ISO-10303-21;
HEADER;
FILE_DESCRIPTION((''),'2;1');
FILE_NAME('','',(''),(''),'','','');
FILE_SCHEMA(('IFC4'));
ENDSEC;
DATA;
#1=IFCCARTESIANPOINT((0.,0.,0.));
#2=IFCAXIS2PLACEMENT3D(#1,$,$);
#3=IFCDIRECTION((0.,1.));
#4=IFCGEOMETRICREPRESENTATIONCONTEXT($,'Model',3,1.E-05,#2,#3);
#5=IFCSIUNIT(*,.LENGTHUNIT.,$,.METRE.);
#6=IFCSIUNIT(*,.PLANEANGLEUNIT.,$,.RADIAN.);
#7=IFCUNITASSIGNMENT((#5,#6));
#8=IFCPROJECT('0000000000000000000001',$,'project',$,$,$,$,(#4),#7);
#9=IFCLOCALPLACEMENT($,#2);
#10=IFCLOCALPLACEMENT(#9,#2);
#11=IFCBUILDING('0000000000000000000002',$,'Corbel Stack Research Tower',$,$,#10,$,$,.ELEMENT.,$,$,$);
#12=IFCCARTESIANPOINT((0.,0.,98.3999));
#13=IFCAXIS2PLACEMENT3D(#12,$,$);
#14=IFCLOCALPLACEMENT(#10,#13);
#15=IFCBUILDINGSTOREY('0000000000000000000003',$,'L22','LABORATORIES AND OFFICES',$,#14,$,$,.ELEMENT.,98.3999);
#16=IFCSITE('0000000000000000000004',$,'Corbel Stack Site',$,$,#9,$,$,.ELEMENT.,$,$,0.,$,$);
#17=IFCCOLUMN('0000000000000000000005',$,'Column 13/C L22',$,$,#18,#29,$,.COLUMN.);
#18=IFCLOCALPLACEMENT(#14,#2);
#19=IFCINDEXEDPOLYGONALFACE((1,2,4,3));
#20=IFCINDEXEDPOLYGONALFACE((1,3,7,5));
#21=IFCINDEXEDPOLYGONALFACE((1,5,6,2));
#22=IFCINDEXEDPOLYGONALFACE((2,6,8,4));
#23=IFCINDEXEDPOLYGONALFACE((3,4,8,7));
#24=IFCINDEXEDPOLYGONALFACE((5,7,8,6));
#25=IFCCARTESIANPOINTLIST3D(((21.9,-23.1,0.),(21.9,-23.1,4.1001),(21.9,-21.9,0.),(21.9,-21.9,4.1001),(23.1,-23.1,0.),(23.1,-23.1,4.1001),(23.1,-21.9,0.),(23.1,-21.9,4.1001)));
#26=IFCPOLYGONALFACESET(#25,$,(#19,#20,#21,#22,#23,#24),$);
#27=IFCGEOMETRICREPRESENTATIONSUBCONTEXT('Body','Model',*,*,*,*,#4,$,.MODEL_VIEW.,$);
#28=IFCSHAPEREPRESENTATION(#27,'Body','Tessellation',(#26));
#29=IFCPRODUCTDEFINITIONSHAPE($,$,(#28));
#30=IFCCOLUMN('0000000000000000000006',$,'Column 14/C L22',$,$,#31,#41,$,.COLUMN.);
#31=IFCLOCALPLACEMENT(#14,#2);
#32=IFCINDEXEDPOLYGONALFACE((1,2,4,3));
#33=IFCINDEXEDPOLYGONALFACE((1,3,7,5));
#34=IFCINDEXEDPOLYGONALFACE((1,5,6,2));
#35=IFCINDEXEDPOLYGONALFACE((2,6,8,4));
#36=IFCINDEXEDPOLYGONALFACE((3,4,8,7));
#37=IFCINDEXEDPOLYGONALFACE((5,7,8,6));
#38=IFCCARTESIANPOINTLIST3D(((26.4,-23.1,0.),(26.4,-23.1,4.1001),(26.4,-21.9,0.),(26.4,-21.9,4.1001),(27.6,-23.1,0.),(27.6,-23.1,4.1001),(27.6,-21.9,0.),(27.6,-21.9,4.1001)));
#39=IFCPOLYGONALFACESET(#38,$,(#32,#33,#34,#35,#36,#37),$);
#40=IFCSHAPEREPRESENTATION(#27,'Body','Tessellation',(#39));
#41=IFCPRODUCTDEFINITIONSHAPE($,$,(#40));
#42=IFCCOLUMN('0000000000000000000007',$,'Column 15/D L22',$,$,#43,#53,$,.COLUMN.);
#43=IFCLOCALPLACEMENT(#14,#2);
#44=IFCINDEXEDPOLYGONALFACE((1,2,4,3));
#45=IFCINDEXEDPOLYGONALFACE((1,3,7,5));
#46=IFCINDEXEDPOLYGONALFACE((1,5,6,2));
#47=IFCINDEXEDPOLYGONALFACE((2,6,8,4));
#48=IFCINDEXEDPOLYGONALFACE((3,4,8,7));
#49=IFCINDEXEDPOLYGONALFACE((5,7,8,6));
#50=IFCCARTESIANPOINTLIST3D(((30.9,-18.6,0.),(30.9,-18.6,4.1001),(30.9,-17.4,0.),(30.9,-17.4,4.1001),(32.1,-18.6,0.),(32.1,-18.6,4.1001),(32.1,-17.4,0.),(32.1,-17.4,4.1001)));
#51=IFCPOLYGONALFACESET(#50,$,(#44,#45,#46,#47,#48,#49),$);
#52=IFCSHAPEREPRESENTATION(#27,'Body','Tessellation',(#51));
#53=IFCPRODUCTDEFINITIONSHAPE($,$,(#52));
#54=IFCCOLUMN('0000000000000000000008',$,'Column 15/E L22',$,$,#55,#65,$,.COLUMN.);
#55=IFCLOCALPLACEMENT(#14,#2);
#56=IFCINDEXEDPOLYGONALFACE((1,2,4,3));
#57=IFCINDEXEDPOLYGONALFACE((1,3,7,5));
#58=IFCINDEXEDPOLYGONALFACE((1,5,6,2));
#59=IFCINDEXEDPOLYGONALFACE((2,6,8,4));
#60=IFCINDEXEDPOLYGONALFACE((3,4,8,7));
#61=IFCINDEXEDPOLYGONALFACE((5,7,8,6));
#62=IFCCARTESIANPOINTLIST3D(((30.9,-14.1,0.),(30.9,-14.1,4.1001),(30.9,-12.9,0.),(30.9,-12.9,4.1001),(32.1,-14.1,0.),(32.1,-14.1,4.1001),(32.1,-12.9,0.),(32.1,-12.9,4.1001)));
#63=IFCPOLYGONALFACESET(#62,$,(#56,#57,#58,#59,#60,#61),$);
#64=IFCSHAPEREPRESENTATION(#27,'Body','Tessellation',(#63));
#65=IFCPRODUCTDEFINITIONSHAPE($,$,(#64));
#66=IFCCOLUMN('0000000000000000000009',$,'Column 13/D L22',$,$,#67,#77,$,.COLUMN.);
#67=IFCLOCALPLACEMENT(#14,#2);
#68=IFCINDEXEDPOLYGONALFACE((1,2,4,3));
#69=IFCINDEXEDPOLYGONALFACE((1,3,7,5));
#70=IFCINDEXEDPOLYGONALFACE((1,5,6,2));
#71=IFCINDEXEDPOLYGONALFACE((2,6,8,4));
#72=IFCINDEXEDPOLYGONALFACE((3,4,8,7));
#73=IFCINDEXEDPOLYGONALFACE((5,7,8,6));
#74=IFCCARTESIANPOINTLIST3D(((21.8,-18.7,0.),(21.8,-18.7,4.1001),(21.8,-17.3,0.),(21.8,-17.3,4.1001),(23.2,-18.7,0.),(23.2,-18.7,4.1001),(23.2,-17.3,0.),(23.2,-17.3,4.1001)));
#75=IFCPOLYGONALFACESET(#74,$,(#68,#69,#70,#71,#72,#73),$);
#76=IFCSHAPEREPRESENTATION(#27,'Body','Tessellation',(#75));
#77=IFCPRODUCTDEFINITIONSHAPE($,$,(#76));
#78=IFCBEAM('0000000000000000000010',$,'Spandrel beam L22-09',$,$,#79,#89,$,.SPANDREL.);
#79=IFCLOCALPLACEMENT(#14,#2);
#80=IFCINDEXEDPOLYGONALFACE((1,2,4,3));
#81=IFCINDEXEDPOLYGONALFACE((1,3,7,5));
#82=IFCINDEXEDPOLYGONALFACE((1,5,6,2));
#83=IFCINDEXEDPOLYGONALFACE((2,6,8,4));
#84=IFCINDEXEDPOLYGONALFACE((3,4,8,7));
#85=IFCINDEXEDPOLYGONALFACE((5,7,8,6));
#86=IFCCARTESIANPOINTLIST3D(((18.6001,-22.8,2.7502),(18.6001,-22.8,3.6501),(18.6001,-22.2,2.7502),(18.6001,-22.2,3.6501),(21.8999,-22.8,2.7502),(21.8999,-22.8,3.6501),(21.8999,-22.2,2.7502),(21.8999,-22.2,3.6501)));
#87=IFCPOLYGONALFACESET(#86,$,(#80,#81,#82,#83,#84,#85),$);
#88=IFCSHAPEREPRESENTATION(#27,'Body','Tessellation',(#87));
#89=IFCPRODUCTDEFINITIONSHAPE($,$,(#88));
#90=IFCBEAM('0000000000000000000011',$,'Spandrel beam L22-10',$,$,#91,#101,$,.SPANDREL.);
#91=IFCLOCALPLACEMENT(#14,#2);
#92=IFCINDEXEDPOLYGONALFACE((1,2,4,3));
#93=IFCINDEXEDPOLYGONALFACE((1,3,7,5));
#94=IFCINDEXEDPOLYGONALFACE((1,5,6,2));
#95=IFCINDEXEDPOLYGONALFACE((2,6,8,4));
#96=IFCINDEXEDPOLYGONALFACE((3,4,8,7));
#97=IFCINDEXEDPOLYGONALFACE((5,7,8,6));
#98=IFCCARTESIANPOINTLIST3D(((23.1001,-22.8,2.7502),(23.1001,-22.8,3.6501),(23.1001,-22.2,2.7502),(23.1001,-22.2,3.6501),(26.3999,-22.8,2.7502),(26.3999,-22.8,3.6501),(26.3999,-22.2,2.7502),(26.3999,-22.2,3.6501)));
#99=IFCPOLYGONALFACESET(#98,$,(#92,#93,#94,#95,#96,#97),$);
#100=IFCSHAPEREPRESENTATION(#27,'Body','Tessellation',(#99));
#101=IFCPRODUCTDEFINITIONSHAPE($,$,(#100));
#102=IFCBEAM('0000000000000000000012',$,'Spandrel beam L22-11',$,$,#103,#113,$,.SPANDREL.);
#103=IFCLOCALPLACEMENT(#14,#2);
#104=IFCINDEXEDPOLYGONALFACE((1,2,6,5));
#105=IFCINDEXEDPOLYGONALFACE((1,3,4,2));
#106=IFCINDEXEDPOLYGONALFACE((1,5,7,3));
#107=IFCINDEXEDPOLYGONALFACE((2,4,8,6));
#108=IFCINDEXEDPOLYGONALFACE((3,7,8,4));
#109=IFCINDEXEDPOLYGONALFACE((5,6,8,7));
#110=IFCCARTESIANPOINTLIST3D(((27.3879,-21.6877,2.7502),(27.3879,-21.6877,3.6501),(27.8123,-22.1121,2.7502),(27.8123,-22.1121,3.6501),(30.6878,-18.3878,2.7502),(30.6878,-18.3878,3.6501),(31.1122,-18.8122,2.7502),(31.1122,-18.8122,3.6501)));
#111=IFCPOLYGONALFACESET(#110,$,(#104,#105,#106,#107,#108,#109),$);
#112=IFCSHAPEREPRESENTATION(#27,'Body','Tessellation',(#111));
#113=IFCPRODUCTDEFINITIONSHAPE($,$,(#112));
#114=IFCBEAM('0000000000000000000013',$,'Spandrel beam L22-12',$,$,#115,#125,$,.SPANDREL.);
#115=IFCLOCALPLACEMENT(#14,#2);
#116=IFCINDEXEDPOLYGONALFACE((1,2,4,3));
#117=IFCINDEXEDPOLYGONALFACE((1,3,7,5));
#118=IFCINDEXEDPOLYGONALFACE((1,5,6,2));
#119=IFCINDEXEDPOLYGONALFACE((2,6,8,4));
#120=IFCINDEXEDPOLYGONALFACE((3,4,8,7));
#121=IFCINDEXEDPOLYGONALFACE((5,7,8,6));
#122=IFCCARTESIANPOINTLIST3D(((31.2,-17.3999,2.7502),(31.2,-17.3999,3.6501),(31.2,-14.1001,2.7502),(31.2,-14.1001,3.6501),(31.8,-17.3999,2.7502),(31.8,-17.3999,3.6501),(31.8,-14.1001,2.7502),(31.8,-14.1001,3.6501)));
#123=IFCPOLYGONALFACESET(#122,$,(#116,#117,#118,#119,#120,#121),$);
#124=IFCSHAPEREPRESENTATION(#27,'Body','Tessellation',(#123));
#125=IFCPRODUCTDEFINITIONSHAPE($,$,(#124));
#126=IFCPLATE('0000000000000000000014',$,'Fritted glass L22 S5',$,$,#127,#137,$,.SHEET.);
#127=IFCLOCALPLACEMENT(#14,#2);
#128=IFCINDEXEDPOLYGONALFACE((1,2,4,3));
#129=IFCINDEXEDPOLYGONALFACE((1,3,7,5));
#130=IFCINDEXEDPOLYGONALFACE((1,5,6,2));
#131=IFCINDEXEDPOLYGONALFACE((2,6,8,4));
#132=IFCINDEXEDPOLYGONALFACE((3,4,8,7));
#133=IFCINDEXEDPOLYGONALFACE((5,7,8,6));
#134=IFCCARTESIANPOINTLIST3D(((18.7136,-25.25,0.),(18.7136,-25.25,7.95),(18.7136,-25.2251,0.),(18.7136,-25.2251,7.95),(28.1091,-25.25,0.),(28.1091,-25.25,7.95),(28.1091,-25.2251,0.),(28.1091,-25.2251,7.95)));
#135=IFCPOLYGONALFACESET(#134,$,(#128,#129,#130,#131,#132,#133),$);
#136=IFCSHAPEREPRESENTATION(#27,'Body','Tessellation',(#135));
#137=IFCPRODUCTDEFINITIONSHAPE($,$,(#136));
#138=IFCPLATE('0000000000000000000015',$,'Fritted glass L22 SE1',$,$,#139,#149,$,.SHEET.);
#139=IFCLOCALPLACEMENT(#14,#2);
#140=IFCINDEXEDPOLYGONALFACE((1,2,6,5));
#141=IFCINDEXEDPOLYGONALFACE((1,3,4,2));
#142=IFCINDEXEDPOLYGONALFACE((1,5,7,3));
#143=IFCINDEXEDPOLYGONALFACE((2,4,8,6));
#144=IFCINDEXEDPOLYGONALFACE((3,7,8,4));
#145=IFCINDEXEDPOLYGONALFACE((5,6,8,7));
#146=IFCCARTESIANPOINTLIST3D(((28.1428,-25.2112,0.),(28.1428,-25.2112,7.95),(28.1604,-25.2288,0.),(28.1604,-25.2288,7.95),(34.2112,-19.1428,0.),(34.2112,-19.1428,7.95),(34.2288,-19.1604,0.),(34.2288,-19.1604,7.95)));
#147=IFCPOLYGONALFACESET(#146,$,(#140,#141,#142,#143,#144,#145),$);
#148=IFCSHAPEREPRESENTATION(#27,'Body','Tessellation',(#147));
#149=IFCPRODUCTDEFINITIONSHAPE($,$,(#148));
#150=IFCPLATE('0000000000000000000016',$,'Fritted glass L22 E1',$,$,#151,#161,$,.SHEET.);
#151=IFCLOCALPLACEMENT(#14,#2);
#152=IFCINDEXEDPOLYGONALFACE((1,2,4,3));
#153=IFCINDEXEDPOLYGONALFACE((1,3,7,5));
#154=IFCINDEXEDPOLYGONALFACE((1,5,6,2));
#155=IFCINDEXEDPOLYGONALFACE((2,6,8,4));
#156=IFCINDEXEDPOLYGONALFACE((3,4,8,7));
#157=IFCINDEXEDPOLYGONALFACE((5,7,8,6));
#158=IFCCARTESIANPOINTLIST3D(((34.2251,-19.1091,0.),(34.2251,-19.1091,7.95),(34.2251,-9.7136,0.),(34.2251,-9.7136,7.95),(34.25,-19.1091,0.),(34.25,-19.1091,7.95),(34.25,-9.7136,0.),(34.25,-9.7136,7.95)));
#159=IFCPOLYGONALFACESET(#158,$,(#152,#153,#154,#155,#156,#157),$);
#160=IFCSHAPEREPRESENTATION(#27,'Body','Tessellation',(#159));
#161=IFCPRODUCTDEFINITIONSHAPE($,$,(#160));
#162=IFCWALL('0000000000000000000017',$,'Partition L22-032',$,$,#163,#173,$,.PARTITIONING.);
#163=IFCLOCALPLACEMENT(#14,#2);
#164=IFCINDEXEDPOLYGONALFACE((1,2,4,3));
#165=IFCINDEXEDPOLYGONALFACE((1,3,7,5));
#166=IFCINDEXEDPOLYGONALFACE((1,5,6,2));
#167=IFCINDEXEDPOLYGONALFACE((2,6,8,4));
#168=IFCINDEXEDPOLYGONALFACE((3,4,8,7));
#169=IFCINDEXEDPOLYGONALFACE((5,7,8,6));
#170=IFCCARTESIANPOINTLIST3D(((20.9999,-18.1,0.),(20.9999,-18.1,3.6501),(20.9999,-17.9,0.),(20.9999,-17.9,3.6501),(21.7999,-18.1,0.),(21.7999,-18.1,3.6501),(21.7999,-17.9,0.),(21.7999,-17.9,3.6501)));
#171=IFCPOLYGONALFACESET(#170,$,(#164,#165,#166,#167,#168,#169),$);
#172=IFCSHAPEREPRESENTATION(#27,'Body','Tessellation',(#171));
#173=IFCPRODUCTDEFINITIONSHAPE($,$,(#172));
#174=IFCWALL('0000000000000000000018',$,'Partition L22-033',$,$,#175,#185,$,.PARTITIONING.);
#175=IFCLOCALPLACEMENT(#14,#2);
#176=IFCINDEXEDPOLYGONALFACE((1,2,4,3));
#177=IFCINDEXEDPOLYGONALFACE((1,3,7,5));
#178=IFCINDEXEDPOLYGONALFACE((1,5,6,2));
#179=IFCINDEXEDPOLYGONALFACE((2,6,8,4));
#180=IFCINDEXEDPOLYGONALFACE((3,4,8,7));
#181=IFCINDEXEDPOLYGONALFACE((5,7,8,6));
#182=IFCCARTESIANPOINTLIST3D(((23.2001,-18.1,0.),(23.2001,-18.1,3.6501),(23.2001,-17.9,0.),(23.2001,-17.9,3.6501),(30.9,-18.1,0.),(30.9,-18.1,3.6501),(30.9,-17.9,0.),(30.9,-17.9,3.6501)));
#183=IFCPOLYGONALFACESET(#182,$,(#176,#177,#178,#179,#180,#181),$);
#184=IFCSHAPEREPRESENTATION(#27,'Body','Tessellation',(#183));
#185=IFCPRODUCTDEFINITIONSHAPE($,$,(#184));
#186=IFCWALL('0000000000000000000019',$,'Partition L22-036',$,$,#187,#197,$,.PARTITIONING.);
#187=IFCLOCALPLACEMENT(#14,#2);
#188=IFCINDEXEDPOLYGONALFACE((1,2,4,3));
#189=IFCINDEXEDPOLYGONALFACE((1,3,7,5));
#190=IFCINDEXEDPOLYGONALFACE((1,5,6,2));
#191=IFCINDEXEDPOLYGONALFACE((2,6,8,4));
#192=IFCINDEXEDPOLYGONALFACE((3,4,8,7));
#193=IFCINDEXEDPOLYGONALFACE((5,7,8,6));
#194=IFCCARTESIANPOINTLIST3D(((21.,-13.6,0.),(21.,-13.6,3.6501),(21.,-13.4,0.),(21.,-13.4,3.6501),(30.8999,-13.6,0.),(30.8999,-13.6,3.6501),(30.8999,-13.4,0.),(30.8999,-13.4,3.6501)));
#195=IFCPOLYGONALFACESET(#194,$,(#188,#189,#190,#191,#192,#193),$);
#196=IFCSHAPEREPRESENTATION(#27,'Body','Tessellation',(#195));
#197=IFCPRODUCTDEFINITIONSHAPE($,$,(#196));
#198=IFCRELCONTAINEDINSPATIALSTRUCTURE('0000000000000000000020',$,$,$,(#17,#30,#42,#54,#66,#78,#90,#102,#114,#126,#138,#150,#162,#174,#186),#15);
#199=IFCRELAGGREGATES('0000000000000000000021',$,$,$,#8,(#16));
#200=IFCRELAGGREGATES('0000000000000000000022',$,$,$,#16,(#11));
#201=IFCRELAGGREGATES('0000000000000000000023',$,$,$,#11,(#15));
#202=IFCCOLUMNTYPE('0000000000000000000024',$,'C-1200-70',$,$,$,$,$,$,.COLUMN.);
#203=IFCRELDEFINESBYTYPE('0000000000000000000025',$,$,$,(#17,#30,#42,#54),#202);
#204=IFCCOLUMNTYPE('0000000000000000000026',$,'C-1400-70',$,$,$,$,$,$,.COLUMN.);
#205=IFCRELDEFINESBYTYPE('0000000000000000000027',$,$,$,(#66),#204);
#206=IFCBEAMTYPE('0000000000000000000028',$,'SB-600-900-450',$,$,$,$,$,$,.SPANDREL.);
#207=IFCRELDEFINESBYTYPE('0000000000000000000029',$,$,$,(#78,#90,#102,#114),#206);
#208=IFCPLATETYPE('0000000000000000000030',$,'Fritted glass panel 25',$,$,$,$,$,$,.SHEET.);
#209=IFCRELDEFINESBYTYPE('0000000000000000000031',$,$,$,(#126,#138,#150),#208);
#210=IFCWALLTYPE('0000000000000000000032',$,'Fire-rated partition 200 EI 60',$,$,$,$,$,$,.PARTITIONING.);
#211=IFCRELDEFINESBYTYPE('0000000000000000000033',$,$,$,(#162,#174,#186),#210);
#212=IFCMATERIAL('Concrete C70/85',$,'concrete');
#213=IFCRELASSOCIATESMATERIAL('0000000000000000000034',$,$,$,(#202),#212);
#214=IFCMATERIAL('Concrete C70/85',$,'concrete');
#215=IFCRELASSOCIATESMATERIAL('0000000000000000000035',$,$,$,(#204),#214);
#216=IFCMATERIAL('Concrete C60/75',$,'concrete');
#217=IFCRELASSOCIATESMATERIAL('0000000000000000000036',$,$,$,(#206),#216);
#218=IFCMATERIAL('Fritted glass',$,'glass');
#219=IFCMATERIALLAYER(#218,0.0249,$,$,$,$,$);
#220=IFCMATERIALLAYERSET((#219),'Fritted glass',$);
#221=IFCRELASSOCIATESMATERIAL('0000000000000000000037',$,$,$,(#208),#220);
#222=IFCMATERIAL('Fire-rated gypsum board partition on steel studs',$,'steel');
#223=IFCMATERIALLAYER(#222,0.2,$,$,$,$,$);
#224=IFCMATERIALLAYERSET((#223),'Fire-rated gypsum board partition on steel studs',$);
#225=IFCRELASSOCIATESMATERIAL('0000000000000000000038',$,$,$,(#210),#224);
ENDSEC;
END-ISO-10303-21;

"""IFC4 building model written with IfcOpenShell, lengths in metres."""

from ifc_helpers import new_model, si_unit, direction, frame, frame_2d, origin, origin_2d, place, context, subcontext, project, spatial, rectangle, extrude, material, layer, layer_set, material_profile, profile_set, type_object, element, save


model = new_model("IFC4")

# Units and contexts
model_context = context("Model", 3, precision=1e-05, world=origin(), true_north=direction((0.0, 1.0)))
body_context = subcontext(model_context, "Body", "Model", "MODEL_VIEW")
ifc_project = project(units=[si_unit("LENGTHUNIT", "METRE"), si_unit("PLANEANGLEUNIT", "RADIAN")], contexts=[model_context])

# Site, building, storey
site_placement = place(None, origin())
site = spatial("IfcSite", under=ifc_project, at=site_placement, Name="Corbel Stack Site", CompositionType="ELEMENT", RefElevation=0.0)
building_placement = place(site_placement, origin())
building = spatial("IfcBuilding", under=site, at=building_placement, Name="Corbel Stack Research Tower", CompositionType="ELEMENT")
storey_placement = place(building_placement, frame((0.0, 0.0, 98.3999)))
storey = spatial("IfcBuildingStorey", under=building, at=storey_placement, Name="L22", Description="LABORATORIES AND OFFICES", CompositionType="ELEMENT", Elevation=98.3999)

# Columns
ifc_material_1 = material(Name="Concrete C70/85", Category="concrete")
ifc_material_profile_1 = material_profile(ifc_material_1, rectangle(XDim=1.2, YDim=1.2, at=origin_2d()), Name="RC 1200 x 1200")
ifc_profile_set_1 = profile_set([ifc_material_profile_1], Name="Concrete C70/85")
column_type_1 = type_object("IfcColumnType", Name="C-1200-70", PredefinedType="COLUMN", material=ifc_profile_set_1)
for number, where, z_axis, x_axis, name in (
    (1, (22.5, -22.5, 0.0), (0.0, 0.0, 1.0), (1.0, 0.0, 0.0), "Column 13/C L22"),
    (2, (27.0, -22.5, 0.0), (0.0, 0.0, 1.0), (1.0, 0.0, 0.0), "Column 14/C L22"),
    (3, (31.5, -18.0, 0.0), (0.0, 0.0, 1.0), (1.0, 0.0, 0.0), "Column 15/D L22"),
    (4, (31.5, -13.5, 0.0), (0.0, 0.0, 1.0), (1.0, 0.0, 0.0), "Column 15/E L22"),
):
    element("IfcColumn", number, at=place(storey_placement, frame(where, z_axis=z_axis, x_axis=x_axis)), inside=storey, type_object=column_type_1, Name=name, PredefinedType="COLUMN", context=body_context, shape_type="SweptSolid", body=[
        extrude(rectangle(XDim=1.2, YDim=1.2, at=origin_2d()), origin(), (0.0, 0.0, 1.0), 4.1001),
    ])
ifc_material_2 = material(Name="Concrete C70/85", Category="concrete")
ifc_material_profile_2 = material_profile(ifc_material_2, rectangle(XDim=1.3999, YDim=1.3999, at=origin_2d()), Name="RC 1400 x 1400")
ifc_profile_set_2 = profile_set([ifc_material_profile_2], Name="Concrete C70/85")
column_type_2 = type_object("IfcColumnType", Name="C-1400-70", PredefinedType="COLUMN", material=ifc_profile_set_2)
column_placement = place(storey_placement, frame((22.5, -18.0, 0.0), z_axis=(0.0, 0.0, 1.0), x_axis=(1.0, 0.0, 0.0)))
element("IfcColumn", 5, at=column_placement, inside=storey, type_object=column_type_2, Name="Column 13/D L22", PredefinedType="COLUMN", context=body_context, shape_type="SweptSolid", body=[
    extrude(rectangle(XDim=1.3999, YDim=1.3999, at=origin_2d()), origin(), (0.0, 0.0, 1.0), 4.1001),
])

# Beams
ifc_material_3 = material(Name="Concrete C60/75", Category="concrete")
ifc_material_profile_3 = material_profile(ifc_material_3, rectangle(XDim=0.6001, YDim=0.8999, at=origin_2d()), Name="RC 600 x 900")
ifc_profile_set_3 = profile_set([ifc_material_profile_3], Name="Concrete C60/75")
beam_type = type_object("IfcBeamType", Name="SB-600-900-450", PredefinedType="SPANDREL", material=ifc_profile_set_3)
for number, where, z_axis, x_axis, name in (
    (6, (18.6001, -22.5, 3.2002), (1.0, 0.0, 0.0), (0.0, 1.0, 0.0), "Spandrel beam L22-09"),
    (7, (23.1001, -22.5, 3.2002), (1.0, 0.0, 0.0), (0.0, 1.0, 0.0), "Spandrel beam L22-10"),
):
    element("IfcBeam", number, at=place(storey_placement, frame(where, z_axis=z_axis, x_axis=x_axis)), inside=storey, type_object=beam_type, Name=name, PredefinedType="SPANDREL", context=body_context, shape_type="SweptSolid", body=[
        extrude(rectangle(XDim=0.6001, YDim=0.8999, at=origin_2d()), origin(), (0.0, 0.0, 1.0), 3.2998),
    ])
beam_1_placement = place(storey_placement, frame((27.6001, -21.8999, 3.2002), z_axis=(0.707107, 0.707107, 0.0), x_axis=(-0.707107, 0.707107, 0.0)))
element("IfcBeam", 8, at=beam_1_placement, inside=storey, type_object=beam_type, Name="Spandrel beam L22-11", PredefinedType="SPANDREL", context=body_context, shape_type="SweptSolid", body=[
    extrude(rectangle(XDim=0.6001, YDim=0.8999, at=origin_2d()), origin(), (0.0, 0.0, 1.0), 4.6667),
])
beam_2_placement = place(storey_placement, frame((31.5, -17.3999, 3.2002), z_axis=(0.0, 1.0, 0.0), x_axis=(-1.0, 0.0, 0.0)))
element("IfcBeam", 9, at=beam_2_placement, inside=storey, type_object=beam_type, Name="Spandrel beam L22-12", PredefinedType="SPANDREL", context=body_context, shape_type="SweptSolid", body=[
    extrude(rectangle(XDim=0.6001, YDim=0.8999, at=origin_2d()), origin(), (0.0, 0.0, 1.0), 3.2998),
])

# Plates
ifc_material_4 = material(Name="Fritted glass", Category="glass")
ifc_layer_1 = layer(ifc_material_4, 0.0249)
ifc_layer_set_1 = layer_set([ifc_layer_1], Name="Fritted glass")
plate_type = type_object("IfcPlateType", Name="Fritted glass panel 25", PredefinedType="SHEET", material=ifc_layer_set_1)
plate_1_placement = place(storey_placement, frame((23.4114, -25.2375, 0.0), z_axis=(0.0, 0.0, 1.0), x_axis=(1.0, 0.0, 0.0)))
element("IfcPlate", 10, at=plate_1_placement, inside=storey, type_object=plate_type, Name="Fritted glass L22 S5", PredefinedType="SHEET", context=body_context, shape_type="SweptSolid", body=[
    extrude(rectangle(XDim=9.3955, YDim=0.0249, at=origin_2d()), origin(), (0.0, 0.0, 1.0), 7.95),
])
plate_2_placement = place(storey_placement, frame((31.1858, -22.1858, 0.0), z_axis=(0.0, 0.0, 1.0), x_axis=(0.707107, 0.707107, 0.0)))
element("IfcPlate", 11, at=plate_2_placement, inside=storey, type_object=plate_type, Name="Fritted glass L22 SE1", PredefinedType="SHEET", context=body_context, shape_type="SweptSolid", body=[
    extrude(rectangle(XDim=8.582, YDim=0.0249, at=origin_2d()), origin(), (0.0, 0.0, 1.0), 7.95),
])
plate_3_placement = place(storey_placement, frame((34.2375, -14.4114, 0.0), z_axis=(0.0, 0.0, 1.0), x_axis=(0.0, 1.0, 0.0)))
element("IfcPlate", 12, at=plate_3_placement, inside=storey, type_object=plate_type, Name="Fritted glass L22 E1", PredefinedType="SHEET", context=body_context, shape_type="SweptSolid", body=[
    extrude(rectangle(XDim=9.3955, YDim=0.0249, at=origin_2d()), origin(), (0.0, 0.0, 1.0), 7.95),
])

# Walls
ifc_material_5 = material(Name="Fire-rated gypsum board partition on steel studs", Category="steel")
ifc_layer_2 = layer(ifc_material_5, 0.2)
ifc_layer_set_2 = layer_set([ifc_layer_2], Name="Fire-rated gypsum board partition on steel studs")
wall_type_1 = type_object("IfcWallType", Name="Fire-rated partition 200 EI 60", PredefinedType="PARTITIONING", material=ifc_layer_set_2)
wall_1_placement = place(storey_placement, frame((21.0, -18.0, 0.0), z_axis=(0.0, 0.0, 1.0), x_axis=(1.0, 0.0, 0.0)))
element("IfcWall", 13, at=wall_1_placement, inside=storey, type_object=wall_type_1, Name="Partition L22-032", PredefinedType="PARTITIONING", context=body_context, shape_type="SweptSolid", body=[
    extrude(rectangle(XDim=0.8, YDim=0.2, at=frame_2d((0.3999, 0.0))), origin(), (0.0, 0.0, 1.0), 3.6501),
])
wall_2_placement = place(storey_placement, frame((23.2, -18.0, 0.0), z_axis=(0.0, 0.0, 1.0), x_axis=(1.0, 0.0, 0.0)))
element("IfcWall", 14, at=wall_2_placement, inside=storey, type_object=wall_type_1, Name="Partition L22-033", PredefinedType="PARTITIONING", context=body_context, shape_type="SweptSolid", body=[
    extrude(rectangle(XDim=7.7, YDim=0.2, at=frame_2d((3.8501, 0.0))), origin(), (0.0, 0.0, 1.0), 3.6501),
])
wall_3_placement = place(storey_placement, frame((21.0, -13.5, 0.0), z_axis=(0.0, 0.0, 1.0), x_axis=(1.0, 0.0, 0.0)))
element("IfcWall", 15, at=wall_3_placement, inside=storey, type_object=wall_type_1, Name="Partition L22-036", PredefinedType="PARTITIONING", context=body_context, shape_type="SweptSolid", body=[
    extrude(rectangle(XDim=9.8999, YDim=0.2, at=frame_2d((4.95, 0.0))), origin(), (0.0, 0.0, 1.0), 3.6501),
])

save(model, "model.ifc")
